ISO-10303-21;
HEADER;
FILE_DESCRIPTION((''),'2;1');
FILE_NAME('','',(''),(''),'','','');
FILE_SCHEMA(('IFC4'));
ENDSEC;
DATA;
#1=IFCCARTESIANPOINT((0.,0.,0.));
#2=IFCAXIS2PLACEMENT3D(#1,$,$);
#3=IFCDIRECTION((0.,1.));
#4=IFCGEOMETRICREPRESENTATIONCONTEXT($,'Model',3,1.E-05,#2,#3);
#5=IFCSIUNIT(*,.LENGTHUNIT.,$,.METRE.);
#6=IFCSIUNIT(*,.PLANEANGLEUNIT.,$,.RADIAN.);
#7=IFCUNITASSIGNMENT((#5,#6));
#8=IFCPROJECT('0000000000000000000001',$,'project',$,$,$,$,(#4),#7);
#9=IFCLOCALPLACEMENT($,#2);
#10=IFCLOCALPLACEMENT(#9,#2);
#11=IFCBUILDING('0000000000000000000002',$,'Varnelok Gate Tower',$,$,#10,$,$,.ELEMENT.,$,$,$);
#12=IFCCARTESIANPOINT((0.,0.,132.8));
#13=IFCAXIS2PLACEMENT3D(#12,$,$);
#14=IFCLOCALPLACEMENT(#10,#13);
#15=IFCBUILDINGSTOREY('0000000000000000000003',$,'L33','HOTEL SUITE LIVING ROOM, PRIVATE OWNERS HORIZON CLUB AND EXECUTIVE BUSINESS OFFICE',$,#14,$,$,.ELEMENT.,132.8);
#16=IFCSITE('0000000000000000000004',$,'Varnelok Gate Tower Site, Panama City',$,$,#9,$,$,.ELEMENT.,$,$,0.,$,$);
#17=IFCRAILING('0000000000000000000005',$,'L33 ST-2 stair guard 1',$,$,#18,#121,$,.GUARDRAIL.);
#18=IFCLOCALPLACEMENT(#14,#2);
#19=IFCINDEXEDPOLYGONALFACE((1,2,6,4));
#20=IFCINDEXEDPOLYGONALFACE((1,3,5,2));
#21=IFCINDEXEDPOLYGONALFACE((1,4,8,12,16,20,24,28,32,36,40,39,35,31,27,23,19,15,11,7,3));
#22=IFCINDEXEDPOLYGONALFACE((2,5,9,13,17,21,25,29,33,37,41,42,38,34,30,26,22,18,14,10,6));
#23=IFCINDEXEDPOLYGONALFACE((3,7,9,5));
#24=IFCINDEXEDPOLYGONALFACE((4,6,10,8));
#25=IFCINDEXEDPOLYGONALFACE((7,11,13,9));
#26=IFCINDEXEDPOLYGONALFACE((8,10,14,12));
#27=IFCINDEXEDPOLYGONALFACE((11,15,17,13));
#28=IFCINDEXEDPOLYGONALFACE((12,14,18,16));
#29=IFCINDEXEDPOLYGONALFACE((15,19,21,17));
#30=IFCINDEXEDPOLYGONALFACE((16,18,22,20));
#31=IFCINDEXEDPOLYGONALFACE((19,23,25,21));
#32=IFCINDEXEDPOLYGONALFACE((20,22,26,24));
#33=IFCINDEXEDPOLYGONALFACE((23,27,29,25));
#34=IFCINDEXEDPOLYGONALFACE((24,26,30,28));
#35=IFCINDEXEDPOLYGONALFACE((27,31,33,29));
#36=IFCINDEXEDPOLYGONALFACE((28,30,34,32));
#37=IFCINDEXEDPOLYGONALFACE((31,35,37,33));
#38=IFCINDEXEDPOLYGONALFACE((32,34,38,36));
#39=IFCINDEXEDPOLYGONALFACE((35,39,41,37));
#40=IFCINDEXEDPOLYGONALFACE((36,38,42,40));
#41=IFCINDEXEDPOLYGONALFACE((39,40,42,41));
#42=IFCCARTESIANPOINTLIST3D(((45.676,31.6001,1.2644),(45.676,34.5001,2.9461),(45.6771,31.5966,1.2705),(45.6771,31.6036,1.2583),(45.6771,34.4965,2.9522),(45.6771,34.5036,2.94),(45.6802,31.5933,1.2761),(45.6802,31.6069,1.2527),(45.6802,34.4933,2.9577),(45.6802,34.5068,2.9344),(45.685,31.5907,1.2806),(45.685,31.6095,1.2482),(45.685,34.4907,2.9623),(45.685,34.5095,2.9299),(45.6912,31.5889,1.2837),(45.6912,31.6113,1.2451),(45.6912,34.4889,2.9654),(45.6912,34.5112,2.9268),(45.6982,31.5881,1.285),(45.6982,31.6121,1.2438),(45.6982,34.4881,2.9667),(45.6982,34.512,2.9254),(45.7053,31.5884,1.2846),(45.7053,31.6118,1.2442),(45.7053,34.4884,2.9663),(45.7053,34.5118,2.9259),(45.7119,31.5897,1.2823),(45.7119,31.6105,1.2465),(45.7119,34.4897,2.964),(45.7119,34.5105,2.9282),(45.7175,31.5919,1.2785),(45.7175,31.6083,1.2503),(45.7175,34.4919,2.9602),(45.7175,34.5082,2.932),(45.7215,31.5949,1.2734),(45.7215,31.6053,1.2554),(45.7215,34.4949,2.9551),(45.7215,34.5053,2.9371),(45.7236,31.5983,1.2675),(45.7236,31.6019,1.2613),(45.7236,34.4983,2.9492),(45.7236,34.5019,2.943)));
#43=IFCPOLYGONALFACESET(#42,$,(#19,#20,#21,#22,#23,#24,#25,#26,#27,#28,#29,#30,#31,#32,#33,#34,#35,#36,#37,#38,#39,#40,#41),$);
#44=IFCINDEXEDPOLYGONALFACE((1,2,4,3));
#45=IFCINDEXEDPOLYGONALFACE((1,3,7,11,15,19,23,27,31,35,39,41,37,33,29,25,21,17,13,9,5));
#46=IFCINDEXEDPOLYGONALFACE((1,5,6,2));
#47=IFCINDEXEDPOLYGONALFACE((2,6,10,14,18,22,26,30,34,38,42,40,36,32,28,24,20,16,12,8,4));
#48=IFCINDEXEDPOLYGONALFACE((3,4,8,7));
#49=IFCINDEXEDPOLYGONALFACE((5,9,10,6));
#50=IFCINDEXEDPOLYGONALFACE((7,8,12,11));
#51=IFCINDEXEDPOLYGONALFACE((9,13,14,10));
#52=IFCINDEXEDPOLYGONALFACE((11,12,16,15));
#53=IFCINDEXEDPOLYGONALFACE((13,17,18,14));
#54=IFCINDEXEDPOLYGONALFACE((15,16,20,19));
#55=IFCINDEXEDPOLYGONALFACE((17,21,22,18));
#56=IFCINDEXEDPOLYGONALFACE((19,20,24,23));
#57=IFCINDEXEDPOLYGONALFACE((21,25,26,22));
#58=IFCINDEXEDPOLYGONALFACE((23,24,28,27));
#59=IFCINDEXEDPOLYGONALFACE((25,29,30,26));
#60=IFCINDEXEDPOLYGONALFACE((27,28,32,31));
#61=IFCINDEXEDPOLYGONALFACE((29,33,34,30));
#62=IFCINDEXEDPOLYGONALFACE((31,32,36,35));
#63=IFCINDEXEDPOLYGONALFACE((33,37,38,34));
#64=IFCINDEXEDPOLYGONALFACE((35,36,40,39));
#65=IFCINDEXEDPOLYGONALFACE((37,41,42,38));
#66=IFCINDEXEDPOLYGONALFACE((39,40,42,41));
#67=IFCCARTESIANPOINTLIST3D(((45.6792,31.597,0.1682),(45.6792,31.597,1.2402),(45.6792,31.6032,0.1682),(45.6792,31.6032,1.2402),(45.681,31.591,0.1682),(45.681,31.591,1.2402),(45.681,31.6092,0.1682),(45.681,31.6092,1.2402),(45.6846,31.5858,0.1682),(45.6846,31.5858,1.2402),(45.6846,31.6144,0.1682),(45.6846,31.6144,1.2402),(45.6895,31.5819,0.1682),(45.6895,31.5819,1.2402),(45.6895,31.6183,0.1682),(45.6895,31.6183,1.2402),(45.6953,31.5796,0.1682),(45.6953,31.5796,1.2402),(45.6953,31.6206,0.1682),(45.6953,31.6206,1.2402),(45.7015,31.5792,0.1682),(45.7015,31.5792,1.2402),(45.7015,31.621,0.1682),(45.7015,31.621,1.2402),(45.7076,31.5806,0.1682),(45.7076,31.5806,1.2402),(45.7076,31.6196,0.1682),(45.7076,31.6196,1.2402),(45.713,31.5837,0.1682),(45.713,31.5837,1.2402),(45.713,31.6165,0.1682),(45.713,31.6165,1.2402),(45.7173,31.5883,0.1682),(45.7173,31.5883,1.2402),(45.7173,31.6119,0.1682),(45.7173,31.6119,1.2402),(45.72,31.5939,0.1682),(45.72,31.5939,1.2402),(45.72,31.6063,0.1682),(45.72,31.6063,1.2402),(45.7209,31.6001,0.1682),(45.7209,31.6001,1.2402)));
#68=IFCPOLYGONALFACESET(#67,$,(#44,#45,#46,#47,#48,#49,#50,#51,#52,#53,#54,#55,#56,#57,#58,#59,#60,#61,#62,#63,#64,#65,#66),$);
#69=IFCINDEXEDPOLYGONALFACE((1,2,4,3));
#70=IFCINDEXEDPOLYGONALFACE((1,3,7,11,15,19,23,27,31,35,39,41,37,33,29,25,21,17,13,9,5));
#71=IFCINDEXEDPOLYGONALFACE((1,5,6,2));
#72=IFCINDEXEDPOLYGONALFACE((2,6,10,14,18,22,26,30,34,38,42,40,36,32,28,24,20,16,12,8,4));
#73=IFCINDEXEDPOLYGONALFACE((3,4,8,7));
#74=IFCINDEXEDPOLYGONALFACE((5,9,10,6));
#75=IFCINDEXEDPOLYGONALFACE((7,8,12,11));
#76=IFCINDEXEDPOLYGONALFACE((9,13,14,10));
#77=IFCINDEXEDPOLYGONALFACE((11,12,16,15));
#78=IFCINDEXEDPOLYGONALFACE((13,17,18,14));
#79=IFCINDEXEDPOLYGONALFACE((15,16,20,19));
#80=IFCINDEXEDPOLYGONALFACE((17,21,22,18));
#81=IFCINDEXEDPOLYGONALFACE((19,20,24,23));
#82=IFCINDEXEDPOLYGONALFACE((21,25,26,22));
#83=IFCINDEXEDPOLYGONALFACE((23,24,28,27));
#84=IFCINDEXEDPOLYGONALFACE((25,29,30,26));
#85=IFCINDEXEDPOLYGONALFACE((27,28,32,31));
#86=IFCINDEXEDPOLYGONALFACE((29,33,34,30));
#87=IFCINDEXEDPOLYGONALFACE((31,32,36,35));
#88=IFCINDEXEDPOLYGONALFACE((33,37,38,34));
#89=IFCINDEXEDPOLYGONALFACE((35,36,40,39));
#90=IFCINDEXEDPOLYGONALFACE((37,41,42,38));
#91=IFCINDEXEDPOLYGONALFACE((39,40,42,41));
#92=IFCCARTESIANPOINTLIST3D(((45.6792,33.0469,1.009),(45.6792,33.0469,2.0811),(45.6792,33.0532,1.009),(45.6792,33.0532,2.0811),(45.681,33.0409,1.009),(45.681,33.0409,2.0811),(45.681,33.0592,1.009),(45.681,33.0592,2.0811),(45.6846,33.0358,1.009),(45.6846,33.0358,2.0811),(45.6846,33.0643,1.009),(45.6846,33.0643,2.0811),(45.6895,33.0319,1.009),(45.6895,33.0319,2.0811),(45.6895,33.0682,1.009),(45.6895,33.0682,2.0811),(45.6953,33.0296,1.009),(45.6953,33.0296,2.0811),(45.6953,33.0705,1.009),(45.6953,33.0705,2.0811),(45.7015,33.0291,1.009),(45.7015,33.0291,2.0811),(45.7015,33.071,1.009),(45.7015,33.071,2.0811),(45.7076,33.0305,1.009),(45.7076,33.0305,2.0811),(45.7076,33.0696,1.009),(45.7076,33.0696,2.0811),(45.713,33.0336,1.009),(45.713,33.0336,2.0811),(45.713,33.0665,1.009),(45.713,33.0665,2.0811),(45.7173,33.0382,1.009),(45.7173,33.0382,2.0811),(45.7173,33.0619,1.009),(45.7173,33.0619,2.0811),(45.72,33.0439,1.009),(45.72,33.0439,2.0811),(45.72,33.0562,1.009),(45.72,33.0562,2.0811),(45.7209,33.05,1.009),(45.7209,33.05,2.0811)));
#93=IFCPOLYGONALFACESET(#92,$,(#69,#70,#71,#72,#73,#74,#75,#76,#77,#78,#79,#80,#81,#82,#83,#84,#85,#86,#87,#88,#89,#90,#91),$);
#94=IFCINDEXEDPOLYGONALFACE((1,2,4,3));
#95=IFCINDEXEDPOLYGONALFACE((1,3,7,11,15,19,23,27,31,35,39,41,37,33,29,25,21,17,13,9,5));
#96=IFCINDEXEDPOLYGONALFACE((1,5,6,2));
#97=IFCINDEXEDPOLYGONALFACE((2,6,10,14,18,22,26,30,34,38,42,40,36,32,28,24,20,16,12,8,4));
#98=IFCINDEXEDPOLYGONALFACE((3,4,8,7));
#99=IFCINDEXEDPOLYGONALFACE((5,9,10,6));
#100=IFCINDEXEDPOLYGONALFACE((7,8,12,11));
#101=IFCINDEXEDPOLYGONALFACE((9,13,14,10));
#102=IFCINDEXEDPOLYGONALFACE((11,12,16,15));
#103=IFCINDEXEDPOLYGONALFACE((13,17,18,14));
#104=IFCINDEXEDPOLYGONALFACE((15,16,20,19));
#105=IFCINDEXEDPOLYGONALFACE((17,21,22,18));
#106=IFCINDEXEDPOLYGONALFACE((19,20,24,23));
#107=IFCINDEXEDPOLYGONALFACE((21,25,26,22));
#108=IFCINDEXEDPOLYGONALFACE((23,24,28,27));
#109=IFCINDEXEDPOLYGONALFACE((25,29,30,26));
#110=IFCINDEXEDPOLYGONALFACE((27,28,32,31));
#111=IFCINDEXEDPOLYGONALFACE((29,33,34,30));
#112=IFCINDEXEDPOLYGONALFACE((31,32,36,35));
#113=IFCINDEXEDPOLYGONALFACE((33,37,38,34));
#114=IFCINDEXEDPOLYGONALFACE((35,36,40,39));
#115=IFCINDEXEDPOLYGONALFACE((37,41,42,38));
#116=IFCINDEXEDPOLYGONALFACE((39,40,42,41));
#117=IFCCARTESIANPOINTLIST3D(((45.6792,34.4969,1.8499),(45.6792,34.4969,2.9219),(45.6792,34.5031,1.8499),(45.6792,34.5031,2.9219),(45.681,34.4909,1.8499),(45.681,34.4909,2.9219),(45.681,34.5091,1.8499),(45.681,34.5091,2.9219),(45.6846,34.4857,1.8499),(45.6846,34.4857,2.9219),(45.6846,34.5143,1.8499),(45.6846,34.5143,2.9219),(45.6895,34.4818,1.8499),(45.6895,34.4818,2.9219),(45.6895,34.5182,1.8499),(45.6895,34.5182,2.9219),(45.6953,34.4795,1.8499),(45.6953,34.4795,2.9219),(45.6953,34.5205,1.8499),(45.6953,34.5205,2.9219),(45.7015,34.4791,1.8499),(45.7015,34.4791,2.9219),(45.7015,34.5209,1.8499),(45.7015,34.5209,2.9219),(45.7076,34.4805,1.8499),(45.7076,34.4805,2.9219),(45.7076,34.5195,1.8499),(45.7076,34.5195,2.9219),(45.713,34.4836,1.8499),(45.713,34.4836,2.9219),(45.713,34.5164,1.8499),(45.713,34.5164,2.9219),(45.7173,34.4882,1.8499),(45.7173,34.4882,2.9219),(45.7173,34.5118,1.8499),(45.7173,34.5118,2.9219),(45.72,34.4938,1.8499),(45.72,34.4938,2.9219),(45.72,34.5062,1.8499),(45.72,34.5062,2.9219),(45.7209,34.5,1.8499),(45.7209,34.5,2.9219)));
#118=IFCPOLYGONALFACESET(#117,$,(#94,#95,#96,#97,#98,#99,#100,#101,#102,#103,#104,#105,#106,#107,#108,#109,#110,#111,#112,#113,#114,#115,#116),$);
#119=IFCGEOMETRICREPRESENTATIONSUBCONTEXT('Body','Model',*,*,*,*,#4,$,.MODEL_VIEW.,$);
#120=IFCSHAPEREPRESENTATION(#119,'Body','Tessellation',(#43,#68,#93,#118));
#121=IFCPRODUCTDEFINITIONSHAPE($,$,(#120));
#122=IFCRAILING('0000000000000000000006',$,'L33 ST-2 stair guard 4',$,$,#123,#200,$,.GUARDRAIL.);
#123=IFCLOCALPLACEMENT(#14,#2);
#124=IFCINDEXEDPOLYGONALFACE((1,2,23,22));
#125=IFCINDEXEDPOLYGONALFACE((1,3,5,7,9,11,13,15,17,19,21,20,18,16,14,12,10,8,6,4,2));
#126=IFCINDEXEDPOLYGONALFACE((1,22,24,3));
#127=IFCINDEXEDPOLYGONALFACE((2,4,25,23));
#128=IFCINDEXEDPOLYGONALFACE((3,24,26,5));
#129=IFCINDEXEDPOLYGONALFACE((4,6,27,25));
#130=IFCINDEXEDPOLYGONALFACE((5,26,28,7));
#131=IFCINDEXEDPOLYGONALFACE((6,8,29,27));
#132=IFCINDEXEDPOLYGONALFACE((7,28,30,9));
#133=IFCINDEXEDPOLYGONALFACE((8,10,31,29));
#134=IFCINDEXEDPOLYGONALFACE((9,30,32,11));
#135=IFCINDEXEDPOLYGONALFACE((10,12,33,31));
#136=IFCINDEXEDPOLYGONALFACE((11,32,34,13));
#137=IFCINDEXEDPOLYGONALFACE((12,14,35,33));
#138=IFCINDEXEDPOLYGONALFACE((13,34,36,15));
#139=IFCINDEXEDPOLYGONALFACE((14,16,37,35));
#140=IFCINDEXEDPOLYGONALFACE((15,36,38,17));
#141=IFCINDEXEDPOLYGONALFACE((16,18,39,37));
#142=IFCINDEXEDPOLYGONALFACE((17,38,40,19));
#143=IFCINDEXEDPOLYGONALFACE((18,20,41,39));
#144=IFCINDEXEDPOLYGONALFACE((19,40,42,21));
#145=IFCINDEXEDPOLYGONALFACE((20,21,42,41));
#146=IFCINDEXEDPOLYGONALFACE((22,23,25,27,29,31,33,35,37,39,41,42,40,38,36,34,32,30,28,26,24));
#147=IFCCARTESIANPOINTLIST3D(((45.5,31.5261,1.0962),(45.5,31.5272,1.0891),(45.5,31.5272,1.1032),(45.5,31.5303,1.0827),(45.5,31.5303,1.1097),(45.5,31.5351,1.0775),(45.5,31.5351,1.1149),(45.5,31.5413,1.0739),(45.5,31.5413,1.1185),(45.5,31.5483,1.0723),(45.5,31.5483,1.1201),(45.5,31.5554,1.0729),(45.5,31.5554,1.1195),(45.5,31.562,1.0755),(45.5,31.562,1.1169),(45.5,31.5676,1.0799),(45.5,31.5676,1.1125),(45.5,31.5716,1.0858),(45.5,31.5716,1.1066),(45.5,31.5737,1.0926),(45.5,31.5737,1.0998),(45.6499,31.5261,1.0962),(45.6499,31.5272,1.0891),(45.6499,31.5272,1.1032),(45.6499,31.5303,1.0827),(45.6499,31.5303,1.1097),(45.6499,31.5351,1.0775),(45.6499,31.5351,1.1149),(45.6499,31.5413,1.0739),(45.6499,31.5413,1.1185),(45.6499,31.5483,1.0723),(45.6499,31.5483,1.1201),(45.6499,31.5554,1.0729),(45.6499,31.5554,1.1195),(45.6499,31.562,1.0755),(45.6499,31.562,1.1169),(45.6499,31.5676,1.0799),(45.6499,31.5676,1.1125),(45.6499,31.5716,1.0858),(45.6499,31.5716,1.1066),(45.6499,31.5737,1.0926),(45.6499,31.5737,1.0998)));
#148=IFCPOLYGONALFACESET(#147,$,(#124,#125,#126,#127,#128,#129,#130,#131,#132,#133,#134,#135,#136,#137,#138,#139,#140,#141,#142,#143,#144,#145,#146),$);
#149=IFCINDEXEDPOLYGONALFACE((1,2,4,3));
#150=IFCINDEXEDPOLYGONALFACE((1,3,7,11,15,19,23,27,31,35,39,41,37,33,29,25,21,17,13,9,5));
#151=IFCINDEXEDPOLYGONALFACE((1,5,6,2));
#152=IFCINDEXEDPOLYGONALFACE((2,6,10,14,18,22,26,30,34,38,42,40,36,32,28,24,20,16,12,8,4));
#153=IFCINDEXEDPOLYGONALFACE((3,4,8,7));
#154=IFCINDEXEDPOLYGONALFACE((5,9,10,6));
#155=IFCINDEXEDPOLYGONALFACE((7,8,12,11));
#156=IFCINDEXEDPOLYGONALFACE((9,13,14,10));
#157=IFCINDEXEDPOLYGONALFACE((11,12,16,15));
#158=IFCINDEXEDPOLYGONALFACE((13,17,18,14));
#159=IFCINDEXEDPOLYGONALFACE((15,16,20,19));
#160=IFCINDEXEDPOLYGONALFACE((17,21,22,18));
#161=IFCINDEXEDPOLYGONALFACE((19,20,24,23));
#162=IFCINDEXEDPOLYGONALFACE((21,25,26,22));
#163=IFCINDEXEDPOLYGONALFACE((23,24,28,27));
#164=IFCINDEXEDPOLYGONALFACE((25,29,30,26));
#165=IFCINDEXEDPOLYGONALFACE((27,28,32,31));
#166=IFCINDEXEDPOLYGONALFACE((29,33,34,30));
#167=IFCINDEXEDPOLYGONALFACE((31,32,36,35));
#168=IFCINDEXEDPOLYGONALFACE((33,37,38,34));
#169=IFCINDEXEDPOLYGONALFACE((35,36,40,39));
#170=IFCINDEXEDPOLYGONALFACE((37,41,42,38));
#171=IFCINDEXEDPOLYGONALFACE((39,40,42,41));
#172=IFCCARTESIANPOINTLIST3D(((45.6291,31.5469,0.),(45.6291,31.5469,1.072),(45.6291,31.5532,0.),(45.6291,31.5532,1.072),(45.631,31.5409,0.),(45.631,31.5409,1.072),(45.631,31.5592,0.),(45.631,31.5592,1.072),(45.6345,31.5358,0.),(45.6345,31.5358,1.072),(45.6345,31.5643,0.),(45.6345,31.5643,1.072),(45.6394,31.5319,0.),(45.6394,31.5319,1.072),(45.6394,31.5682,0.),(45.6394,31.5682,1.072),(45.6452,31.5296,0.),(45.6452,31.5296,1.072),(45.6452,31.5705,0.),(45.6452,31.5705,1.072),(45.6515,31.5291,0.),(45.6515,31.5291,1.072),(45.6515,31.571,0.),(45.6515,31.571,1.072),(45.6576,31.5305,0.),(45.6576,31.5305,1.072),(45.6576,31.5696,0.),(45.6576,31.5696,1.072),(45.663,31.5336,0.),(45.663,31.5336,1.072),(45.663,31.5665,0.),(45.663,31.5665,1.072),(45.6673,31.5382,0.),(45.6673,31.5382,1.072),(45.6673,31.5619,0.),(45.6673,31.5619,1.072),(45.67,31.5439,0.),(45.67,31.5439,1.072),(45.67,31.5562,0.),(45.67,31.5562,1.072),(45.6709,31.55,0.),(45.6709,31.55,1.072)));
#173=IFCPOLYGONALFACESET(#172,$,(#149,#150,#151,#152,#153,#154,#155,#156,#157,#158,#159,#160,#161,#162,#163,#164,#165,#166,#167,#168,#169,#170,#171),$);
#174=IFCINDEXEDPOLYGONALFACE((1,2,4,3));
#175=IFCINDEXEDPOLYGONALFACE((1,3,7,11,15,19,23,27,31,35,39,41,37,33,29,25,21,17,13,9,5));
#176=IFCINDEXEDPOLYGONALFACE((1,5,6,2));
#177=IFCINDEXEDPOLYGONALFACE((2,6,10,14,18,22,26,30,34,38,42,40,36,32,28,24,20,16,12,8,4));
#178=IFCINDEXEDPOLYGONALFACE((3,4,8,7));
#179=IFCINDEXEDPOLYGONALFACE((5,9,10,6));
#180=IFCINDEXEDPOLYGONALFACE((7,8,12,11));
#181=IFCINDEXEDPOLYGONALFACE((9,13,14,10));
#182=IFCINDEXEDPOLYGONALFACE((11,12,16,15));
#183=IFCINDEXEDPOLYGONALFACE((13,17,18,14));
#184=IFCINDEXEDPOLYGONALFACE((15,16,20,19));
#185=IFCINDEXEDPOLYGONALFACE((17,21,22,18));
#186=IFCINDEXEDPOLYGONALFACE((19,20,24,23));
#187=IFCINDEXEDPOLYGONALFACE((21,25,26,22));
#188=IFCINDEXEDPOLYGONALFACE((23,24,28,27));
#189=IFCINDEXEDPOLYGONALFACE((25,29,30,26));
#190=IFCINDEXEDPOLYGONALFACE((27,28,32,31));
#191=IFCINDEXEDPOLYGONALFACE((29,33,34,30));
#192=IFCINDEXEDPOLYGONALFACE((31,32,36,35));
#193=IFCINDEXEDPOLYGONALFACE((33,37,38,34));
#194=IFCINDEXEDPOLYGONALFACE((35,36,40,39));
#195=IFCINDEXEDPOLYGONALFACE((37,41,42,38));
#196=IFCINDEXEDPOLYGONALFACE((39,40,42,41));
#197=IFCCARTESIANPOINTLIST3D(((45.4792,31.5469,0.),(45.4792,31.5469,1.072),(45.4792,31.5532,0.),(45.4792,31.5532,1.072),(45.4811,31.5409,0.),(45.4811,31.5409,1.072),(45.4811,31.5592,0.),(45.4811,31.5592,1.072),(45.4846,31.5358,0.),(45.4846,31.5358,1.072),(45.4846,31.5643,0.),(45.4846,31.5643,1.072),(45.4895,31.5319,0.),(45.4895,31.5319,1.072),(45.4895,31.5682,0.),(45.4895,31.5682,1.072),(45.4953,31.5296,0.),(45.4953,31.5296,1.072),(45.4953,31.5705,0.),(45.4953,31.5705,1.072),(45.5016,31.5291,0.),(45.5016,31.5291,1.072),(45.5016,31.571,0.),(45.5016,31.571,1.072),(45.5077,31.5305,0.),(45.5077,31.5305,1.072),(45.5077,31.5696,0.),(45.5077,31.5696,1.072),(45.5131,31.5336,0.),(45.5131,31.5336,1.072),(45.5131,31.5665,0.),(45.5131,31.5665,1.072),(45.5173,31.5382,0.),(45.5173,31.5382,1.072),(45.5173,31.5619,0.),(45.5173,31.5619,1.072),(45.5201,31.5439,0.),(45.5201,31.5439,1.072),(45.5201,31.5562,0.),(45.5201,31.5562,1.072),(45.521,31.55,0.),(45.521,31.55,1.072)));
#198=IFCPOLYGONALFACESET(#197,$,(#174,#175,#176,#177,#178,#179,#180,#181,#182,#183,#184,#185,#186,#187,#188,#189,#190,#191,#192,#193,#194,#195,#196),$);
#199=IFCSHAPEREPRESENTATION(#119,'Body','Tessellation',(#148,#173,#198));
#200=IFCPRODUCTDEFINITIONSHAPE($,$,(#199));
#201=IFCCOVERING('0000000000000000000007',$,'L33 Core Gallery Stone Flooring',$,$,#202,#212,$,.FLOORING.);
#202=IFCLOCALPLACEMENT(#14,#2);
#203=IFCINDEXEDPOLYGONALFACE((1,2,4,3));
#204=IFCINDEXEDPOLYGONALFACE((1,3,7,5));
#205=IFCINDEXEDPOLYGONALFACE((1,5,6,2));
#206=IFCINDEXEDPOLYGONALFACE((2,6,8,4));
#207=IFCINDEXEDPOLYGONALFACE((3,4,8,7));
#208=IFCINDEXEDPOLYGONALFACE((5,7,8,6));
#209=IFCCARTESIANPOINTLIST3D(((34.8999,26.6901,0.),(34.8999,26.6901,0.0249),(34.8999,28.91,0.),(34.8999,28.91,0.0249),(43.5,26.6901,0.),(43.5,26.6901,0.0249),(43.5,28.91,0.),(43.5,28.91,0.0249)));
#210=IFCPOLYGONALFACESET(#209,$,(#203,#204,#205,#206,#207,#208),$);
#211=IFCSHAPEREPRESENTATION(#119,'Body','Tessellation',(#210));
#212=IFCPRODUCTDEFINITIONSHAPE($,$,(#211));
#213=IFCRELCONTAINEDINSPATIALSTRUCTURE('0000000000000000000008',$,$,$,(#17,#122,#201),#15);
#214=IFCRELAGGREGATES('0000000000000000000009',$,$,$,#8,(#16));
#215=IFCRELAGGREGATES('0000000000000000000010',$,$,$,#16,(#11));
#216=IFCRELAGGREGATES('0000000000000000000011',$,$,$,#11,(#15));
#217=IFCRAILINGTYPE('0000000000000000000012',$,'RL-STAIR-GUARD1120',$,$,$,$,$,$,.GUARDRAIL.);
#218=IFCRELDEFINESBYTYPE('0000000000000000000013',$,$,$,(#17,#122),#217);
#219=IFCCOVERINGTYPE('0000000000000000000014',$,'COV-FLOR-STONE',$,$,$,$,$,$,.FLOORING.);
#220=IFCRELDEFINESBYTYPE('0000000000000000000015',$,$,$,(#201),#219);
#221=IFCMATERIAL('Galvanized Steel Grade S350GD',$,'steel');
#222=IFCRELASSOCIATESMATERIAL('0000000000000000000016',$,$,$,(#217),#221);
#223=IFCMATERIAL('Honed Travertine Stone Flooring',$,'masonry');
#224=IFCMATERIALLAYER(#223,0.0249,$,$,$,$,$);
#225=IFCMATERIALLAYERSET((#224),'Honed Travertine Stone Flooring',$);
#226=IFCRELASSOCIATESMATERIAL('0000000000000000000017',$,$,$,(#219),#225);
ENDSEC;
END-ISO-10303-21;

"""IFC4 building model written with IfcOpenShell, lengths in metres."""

from ifc_helpers import new_model, si_unit, direction, frame, origin, origin_2d, place, context, subcontext, project, spatial, rectangle, circle, extrude, source, transform, mapped, material, layer, layer_set, type_object, element, save


model = new_model("IFC4")

# Units and contexts
model_context = context("Model", 3, precision=1e-05, world=origin(), true_north=direction((0.0, 1.0)))
body_context = subcontext(model_context, "Body", "Model", "MODEL_VIEW")
ifc_project = project(units=[si_unit("LENGTHUNIT", "METRE"), si_unit("PLANEANGLEUNIT", "RADIAN")], contexts=[model_context])

# Site, building, storey
site_placement = place(None, origin())
site = spatial("IfcSite", under=ifc_project, at=site_placement, Name="Varnelok Gate Tower Site, Panama City", CompositionType="ELEMENT", RefElevation=0.0)
building_placement = place(site_placement, origin())
building = spatial("IfcBuilding", under=site, at=building_placement, Name="Varnelok Gate Tower", CompositionType="ELEMENT")
storey_placement = place(building_placement, frame((0.0, 0.0, 132.8)))
storey = spatial("IfcBuildingStorey", under=building, at=storey_placement, Name="L33", Description="HOTEL SUITE LIVING ROOM, PRIVATE OWNERS HORIZON CLUB AND EXECUTIVE BUSINESS OFFICE", CompositionType="ELEMENT", Elevation=132.8)

# Shared definitions
ifc_material_1 = material(Name="Galvanized Steel Grade S350GD", Category="steel")

# Railings
railing_type_1 = type_object("IfcRailingType", Name="RL-STAIR-GUARD1120", PredefinedType="GUARDRAIL", material=ifc_material_1)
railing_1_placement = place(storey_placement, frame((45.7, 31.6001, 0.1682)))
element("IfcRailing", 1, at=railing_1_placement, inside=storey, type_object=railing_type_1, Name="L33 ST-2 stair guard 1", PredefinedType="GUARDRAIL", context=body_context, shape_type="SweptSolid", body=[
    extrude(circle(Radius=0.0239, at=origin_2d()), frame((0.0, 0.0, 1.0962), z_axis=(0.0, 0.86507, 0.501651), x_axis=(-1.0, 0.0, 0.0)), (0.0, 0.0, 1.0), 3.3523),
    extrude(circle(Radius=0.021, at=origin_2d()), origin(), (0.0, 0.0, 1.0), 1.072),
    extrude(circle(Radius=0.021, at=origin_2d()), frame((0.0, 1.45, 0.8408)), (0.0, 0.0, 1.0), 1.072),
    extrude(circle(Radius=0.021, at=origin_2d()), frame((0.0, 2.8999, 1.6816)), (0.0, 0.0, 1.0), 1.072),
])
railing_2_placement = place(storey_placement, frame((45.6499, 31.55, 0.0)))
element("IfcRailing", 2, at=railing_2_placement, inside=storey, type_object=railing_type_1, Name="L33 ST-2 stair guard 4", PredefinedType="GUARDRAIL", context=body_context, shape_type="SweptSolid", body=[
    extrude(circle(Radius=0.0239, at=origin_2d()), frame((0.0, 0.0, 1.0962), z_axis=(-1.0, 0.0, 0.0), x_axis=(0.0, -1.0, 0.0)), (0.0, 0.0, 1.0), 0.1499),
    extrude(circle(Radius=0.021, at=origin_2d()), origin(), (0.0, 0.0, 1.0), 1.072),
    extrude(circle(Radius=0.021, at=origin_2d()), frame((-0.1499, 0.0, 0.0)), (0.0, 0.0, 1.0), 1.072),
])

# Covering
ifc_material_2 = material(Name="Honed Travertine Stone Flooring", Category="masonry")
ifc_layer_1 = layer(ifc_material_2, 0.0249)
ifc_layer_set_1 = layer_set([ifc_layer_1], Name="Honed Travertine Stone Flooring")
covering_type_1 = type_object("IfcCoveringType", Name="COV-FLOR-STONE", PredefinedType="FLOORING", material=ifc_layer_set_1)
shared_shape_1 = source(origin(), body_context, "Body", "SweptSolid", [
    extrude(rectangle(XDim=8.6001, YDim=2.22, at=origin_2d()), origin(), (0.0, 0.0, 1.0), 0.0249),
])
covering_1_placement = place(storey_placement, frame((39.2, 27.8, 0.0), z_axis=(0.0, 0.0, 1.0), x_axis=(1.0, 0.0, 0.0)))
element("IfcCovering", 3, at=covering_1_placement, inside=storey, type_object=covering_type_1, Name="L33 Core Gallery Stone Flooring", PredefinedType="FLOORING", context=body_context, shape_type="MappedRepresentation", body=[
    mapped(shared_shape_1, transform((0.0, 0.0, 0.0), scale=1.0)),
])

save(model, "model.ifc")
